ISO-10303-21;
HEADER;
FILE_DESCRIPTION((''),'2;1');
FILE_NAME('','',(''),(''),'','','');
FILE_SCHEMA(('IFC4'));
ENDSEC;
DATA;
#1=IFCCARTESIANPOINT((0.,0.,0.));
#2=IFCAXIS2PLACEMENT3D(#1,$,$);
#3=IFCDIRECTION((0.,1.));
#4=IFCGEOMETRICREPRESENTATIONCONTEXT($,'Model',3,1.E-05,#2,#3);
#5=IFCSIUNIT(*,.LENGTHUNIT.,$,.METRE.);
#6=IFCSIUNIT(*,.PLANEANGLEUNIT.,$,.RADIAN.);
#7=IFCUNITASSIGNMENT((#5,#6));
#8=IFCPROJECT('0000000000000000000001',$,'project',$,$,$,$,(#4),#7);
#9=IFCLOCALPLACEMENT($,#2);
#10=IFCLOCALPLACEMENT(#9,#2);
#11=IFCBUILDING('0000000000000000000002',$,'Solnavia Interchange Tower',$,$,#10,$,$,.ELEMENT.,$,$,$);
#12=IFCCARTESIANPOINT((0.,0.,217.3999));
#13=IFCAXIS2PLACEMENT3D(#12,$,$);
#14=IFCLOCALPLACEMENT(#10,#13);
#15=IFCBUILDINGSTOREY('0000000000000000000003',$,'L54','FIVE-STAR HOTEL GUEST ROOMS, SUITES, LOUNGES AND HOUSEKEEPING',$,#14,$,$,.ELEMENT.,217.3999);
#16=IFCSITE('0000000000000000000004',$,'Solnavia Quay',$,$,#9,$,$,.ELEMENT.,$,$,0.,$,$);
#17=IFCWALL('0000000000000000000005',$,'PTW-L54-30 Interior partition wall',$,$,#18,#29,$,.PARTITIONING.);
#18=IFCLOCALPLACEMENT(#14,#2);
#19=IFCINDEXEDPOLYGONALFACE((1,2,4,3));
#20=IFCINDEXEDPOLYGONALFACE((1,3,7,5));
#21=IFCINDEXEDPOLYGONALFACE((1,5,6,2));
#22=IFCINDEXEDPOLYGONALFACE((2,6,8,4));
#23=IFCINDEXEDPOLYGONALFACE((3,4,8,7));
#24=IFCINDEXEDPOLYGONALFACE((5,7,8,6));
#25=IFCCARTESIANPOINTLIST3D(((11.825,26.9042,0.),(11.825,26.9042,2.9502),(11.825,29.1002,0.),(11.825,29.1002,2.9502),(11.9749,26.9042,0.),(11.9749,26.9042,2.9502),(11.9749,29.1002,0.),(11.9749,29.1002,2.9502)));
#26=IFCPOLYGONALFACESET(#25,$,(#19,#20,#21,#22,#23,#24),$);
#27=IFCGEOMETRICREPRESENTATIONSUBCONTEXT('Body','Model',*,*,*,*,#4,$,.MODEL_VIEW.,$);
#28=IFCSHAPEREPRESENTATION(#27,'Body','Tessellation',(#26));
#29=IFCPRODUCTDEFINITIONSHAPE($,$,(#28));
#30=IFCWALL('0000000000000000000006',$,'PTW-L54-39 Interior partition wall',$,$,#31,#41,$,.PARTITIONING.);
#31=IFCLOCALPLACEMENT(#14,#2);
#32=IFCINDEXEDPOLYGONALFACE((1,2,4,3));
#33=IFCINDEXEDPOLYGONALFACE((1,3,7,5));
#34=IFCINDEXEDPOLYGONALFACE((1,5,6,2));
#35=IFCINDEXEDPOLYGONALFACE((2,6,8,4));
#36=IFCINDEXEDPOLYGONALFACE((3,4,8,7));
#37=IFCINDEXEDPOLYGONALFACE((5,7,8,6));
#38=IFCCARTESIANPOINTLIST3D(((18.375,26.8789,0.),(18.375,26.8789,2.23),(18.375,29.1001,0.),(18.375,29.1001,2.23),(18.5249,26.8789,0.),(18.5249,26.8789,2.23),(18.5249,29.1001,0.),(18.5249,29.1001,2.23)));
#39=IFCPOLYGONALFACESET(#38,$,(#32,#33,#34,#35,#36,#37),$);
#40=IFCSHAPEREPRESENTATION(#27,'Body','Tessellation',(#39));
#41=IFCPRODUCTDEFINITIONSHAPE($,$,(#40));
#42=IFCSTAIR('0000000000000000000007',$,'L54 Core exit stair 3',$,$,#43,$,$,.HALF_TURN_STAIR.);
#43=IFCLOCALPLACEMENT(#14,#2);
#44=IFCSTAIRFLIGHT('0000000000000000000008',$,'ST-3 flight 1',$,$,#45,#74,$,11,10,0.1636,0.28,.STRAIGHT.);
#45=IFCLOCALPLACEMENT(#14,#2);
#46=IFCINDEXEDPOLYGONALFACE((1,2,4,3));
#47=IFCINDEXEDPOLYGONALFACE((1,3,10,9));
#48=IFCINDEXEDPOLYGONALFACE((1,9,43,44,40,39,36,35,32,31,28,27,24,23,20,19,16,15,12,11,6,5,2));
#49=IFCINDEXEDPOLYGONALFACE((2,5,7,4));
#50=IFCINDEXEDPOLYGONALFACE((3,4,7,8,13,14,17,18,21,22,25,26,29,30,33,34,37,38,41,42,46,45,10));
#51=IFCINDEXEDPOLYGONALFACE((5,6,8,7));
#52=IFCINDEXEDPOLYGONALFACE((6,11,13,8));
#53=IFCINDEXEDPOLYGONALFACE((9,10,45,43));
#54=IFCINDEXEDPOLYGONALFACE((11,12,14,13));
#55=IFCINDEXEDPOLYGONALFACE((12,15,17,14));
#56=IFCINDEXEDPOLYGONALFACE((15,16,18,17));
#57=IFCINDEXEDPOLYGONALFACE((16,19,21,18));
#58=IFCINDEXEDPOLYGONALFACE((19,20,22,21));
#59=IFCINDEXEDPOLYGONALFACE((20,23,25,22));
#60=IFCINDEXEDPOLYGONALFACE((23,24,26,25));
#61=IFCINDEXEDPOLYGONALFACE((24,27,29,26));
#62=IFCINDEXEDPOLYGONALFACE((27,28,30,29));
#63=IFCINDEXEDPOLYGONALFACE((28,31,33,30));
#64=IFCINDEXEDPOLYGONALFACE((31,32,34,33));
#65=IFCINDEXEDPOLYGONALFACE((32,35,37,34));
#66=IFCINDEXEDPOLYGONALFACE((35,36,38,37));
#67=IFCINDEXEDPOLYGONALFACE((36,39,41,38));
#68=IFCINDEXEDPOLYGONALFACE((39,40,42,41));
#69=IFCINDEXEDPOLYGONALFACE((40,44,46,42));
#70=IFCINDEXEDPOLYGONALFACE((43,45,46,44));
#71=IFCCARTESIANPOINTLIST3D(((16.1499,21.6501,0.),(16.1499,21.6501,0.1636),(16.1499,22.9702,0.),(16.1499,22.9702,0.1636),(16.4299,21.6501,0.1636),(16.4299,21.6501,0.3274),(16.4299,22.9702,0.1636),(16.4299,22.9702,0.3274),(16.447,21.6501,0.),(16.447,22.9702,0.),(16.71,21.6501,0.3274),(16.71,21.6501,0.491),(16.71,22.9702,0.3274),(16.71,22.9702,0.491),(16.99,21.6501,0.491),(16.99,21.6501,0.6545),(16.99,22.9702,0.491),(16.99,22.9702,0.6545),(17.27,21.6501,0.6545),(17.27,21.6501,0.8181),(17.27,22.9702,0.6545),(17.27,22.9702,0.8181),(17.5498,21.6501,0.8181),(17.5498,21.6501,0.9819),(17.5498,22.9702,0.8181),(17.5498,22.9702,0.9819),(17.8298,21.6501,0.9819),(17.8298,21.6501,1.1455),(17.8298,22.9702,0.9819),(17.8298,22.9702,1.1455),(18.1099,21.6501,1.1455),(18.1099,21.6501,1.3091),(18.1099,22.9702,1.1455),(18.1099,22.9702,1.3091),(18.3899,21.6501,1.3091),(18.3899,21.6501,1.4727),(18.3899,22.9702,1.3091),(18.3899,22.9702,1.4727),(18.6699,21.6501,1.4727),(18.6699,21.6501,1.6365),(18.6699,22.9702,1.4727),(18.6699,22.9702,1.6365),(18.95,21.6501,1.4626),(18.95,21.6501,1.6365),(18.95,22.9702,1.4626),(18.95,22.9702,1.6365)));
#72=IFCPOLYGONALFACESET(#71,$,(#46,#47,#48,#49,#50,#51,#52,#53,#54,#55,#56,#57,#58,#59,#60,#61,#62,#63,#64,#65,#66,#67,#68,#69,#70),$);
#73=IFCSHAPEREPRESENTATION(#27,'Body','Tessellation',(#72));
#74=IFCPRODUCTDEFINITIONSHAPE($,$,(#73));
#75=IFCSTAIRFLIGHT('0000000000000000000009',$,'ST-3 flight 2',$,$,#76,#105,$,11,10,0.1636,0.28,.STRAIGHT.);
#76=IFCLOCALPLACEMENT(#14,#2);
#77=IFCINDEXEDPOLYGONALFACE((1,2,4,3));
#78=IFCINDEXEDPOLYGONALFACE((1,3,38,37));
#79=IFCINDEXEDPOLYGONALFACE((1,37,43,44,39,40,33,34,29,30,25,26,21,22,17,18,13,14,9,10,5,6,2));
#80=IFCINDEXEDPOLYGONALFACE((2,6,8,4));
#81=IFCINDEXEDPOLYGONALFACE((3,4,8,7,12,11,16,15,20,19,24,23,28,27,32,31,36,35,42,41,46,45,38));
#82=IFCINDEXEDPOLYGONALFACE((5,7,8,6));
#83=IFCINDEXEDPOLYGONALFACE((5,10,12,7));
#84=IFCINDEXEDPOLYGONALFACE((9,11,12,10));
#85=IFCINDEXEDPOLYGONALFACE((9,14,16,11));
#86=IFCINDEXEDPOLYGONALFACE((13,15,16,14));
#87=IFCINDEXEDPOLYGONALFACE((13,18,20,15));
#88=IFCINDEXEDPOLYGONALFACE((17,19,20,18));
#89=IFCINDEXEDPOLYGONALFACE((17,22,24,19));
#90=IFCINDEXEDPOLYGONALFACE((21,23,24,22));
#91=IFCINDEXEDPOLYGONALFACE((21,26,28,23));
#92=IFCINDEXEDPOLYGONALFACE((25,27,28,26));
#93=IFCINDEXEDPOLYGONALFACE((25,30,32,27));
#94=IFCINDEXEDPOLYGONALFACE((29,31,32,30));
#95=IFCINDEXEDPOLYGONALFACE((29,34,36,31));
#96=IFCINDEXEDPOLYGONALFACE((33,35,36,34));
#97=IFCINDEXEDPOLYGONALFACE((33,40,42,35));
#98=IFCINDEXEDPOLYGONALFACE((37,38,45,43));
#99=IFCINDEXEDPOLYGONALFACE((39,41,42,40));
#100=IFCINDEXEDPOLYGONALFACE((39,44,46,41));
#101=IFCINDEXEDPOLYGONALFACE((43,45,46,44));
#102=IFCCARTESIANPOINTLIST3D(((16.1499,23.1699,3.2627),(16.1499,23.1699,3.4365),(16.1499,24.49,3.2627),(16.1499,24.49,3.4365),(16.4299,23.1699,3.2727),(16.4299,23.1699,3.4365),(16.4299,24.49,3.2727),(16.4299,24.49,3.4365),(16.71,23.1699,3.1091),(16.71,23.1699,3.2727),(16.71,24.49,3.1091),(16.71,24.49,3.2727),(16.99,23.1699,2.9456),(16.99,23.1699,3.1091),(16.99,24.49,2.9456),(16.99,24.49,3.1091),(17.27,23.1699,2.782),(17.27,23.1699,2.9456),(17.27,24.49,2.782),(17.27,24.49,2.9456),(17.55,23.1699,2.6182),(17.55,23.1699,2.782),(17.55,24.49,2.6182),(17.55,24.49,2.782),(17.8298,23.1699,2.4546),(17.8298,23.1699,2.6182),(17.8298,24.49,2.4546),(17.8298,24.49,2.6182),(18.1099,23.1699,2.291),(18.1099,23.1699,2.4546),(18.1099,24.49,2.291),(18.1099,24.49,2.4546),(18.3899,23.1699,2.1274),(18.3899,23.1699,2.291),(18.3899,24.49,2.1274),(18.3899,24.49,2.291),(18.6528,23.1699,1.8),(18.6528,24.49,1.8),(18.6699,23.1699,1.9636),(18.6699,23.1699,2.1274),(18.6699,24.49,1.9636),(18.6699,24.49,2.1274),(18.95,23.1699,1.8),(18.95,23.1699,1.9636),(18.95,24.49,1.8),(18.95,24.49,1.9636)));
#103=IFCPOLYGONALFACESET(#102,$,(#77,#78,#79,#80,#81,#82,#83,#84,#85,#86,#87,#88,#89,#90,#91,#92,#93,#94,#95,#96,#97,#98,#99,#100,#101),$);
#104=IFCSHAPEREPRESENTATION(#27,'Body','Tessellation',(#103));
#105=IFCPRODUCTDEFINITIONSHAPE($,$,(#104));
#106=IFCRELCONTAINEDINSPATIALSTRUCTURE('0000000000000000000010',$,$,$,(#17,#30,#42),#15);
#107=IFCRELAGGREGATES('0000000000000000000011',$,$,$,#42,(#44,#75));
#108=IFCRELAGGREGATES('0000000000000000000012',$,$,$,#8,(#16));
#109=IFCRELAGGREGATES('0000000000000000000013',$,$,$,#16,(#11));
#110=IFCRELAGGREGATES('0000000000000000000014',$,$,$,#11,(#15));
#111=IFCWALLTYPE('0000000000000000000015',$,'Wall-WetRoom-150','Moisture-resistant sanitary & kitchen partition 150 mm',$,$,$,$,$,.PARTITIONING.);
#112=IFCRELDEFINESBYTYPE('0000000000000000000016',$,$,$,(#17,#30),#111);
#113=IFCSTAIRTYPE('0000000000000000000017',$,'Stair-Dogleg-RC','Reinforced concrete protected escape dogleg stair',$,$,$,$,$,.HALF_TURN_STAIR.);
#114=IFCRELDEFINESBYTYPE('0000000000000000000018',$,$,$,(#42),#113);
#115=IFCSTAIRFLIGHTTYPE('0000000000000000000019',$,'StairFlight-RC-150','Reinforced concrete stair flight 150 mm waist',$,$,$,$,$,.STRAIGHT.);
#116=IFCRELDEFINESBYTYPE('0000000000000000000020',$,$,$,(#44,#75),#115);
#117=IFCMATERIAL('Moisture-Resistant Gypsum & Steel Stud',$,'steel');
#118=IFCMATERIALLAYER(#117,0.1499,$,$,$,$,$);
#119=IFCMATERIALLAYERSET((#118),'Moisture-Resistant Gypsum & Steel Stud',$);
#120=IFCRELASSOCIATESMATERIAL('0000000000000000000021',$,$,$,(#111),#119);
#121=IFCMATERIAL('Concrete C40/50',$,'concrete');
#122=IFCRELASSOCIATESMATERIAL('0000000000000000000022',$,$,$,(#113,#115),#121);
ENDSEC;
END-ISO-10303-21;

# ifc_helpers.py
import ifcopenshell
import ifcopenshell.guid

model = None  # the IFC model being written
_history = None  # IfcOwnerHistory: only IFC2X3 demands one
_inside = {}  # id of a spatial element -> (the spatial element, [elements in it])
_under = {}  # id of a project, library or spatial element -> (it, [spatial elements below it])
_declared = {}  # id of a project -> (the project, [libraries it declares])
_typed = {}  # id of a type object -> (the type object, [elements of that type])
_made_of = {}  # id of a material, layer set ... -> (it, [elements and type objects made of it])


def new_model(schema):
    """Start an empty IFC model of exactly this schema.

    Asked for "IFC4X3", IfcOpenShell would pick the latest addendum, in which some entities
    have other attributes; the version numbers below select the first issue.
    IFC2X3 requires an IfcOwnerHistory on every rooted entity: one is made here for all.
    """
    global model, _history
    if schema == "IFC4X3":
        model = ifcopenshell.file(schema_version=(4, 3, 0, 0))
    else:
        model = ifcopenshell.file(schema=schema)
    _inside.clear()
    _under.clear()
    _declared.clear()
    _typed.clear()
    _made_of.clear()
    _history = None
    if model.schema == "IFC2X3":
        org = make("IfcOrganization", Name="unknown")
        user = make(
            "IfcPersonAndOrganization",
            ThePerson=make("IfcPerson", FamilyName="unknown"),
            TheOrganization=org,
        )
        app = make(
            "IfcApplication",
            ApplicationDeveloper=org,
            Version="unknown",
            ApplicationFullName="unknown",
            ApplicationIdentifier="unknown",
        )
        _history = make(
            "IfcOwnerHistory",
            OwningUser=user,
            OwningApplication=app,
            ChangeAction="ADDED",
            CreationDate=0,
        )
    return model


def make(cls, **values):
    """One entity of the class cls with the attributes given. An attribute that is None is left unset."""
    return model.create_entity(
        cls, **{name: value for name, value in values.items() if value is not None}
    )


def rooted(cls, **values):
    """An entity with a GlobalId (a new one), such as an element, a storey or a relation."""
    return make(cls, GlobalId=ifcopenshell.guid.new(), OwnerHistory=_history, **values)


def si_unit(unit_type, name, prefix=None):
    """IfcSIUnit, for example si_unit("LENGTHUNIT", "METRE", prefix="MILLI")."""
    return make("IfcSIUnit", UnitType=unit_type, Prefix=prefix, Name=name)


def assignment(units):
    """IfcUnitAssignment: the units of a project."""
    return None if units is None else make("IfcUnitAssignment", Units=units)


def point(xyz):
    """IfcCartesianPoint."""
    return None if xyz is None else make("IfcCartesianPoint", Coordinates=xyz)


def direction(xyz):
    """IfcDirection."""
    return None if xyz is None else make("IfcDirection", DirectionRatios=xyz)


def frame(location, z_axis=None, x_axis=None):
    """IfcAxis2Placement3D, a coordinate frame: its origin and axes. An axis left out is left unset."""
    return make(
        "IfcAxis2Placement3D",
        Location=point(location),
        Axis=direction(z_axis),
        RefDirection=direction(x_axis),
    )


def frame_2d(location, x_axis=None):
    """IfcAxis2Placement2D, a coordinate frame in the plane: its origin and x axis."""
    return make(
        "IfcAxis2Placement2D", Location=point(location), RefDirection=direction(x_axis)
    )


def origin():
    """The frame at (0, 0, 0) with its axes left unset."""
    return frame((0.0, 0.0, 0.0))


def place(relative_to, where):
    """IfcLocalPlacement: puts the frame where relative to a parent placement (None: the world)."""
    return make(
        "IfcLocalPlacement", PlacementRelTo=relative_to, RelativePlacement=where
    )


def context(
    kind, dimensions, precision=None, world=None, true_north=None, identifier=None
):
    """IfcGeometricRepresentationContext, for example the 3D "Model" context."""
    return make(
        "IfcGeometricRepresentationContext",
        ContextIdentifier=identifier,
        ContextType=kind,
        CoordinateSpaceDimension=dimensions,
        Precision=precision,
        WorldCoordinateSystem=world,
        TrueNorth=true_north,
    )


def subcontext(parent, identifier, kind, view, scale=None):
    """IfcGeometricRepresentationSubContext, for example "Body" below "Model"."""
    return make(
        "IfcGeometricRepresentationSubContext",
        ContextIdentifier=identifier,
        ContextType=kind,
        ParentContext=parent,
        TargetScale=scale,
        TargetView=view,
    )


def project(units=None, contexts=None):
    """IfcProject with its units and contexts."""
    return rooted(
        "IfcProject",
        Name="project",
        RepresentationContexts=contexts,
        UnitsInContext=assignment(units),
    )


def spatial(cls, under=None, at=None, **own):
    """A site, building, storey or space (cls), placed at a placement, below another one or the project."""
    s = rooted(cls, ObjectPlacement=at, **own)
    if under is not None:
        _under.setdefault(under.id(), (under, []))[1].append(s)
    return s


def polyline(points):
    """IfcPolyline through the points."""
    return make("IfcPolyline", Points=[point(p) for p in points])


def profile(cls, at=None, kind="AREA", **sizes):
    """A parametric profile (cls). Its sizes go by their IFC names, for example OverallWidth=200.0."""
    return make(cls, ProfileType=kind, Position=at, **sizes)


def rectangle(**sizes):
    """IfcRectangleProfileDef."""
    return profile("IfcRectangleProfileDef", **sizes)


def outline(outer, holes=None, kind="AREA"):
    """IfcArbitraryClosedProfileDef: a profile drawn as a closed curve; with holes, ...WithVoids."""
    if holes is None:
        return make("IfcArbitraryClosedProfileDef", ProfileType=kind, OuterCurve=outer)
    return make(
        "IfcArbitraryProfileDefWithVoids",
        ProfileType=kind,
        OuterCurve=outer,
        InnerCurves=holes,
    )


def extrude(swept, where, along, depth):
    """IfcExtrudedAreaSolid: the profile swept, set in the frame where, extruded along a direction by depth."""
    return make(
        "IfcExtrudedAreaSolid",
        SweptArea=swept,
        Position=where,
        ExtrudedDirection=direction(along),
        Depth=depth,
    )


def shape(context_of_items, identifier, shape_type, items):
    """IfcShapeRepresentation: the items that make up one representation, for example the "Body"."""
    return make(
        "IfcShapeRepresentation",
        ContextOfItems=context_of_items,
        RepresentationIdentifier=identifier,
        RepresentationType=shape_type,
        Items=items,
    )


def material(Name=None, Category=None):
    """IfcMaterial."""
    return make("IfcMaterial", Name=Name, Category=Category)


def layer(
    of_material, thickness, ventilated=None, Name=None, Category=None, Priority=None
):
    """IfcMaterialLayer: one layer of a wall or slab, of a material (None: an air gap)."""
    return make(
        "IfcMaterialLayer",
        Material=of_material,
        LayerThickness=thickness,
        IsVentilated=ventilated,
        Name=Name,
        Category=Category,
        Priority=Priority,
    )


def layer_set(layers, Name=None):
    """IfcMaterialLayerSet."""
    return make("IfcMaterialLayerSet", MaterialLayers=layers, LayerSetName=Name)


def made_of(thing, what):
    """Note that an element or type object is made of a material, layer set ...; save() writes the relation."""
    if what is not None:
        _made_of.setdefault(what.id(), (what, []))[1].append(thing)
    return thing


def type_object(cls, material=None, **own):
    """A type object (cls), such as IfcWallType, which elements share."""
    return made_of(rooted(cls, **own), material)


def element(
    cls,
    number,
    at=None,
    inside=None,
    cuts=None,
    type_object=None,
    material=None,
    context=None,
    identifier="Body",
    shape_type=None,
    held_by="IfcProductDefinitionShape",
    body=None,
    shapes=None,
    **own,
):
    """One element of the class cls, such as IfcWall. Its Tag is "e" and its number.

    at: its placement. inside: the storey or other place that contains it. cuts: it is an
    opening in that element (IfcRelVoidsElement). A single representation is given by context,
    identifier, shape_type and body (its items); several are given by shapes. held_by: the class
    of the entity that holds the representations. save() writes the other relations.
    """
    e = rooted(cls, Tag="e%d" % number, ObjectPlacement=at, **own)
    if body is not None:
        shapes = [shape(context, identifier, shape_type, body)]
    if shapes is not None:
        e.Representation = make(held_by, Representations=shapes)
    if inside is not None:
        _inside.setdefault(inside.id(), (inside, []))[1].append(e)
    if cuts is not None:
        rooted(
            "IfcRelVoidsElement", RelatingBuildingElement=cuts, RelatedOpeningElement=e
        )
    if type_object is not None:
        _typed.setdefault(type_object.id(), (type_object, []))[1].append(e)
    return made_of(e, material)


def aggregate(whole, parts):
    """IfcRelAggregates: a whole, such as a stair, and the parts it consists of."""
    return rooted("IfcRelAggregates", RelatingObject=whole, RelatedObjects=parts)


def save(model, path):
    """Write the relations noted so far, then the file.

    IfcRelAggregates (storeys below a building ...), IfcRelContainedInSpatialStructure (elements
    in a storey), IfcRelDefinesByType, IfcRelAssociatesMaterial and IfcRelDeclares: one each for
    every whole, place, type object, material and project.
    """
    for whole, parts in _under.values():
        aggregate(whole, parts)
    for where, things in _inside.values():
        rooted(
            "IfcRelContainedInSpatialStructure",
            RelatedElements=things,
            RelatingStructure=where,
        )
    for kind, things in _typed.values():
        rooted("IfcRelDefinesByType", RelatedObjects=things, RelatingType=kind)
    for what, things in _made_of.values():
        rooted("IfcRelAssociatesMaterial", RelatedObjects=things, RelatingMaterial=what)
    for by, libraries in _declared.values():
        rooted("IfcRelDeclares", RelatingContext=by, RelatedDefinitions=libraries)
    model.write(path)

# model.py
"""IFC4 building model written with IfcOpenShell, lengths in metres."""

from ifc_helpers import new_model, si_unit, direction, frame, frame_2d, origin, place, context, subcontext, project, spatial, polyline, rectangle, outline, extrude, material, layer, layer_set, type_object, element, aggregate, save


model = new_model("IFC4")

# Units and contexts
model_context = context("Model", 3, precision=1e-05, world=origin(), true_north=direction((0.0, 1.0)))
body_context = subcontext(model_context, "Body", "Model", "MODEL_VIEW")
ifc_project = project(units=[si_unit("LENGTHUNIT", "METRE"), si_unit("PLANEANGLEUNIT", "RADIAN")], contexts=[model_context])

# Site, building, storey
site_placement = place(None, origin())
site = spatial("IfcSite", under=ifc_project, at=site_placement, Name="Solnavia Quay", CompositionType="ELEMENT", RefElevation=0.0)
building_placement = place(site_placement, origin())
building = spatial("IfcBuilding", under=site, at=building_placement, Name="Solnavia Interchange Tower", CompositionType="ELEMENT")
storey_placement = place(building_placement, frame((0.0, 0.0, 217.3999)))
storey = spatial("IfcBuildingStorey", under=building, at=storey_placement, Name="L54", Description="FIVE-STAR HOTEL GUEST ROOMS, SUITES, LOUNGES AND HOUSEKEEPING", CompositionType="ELEMENT", Elevation=217.3999)

# Walls
ifc_material_1 = material(Name="Concrete C40/50", Category="concrete")
ifc_material_2 = material(Name="Moisture-Resistant Gypsum & Steel Stud", Category="steel")
ifc_layer_1 = layer(ifc_material_2, 0.1499)
ifc_layer_set_1 = layer_set([ifc_layer_1], Name="Moisture-Resistant Gypsum & Steel Stud")
wall_type_1 = type_object("IfcWallType", Name="Wall-WetRoom-150", Description="Moisture-resistant sanitary & kitchen partition 150 mm", PredefinedType="PARTITIONING", material=ifc_layer_set_1)
wall_1_placement = place(storey_placement, frame((11.8999, 26.9041, 0.0), z_axis=(0.0, 0.0, 1.0), x_axis=(0.0, 1.0, 0.0)))
element("IfcWall", 1, at=wall_1_placement, inside=storey, type_object=wall_type_1, Name="PTW-L54-30 Interior partition wall", PredefinedType="PARTITIONING", context=body_context, shape_type="SweptSolid", body=[
    extrude(rectangle(XDim=2.196, YDim=0.1499, at=frame_2d((1.0981, 0.0))), origin(), (0.0, 0.0, 1.0), 2.9502),
])
wall_2_placement = place(storey_placement, frame((18.45, 26.8789, 0.0), z_axis=(0.0, 0.0, 1.0), x_axis=(0.0, 1.0, 0.0)))
element("IfcWall", 2, at=wall_2_placement, inside=storey, type_object=wall_type_1, Name="PTW-L54-39 Interior partition wall", PredefinedType="PARTITIONING", context=body_context, shape_type="SweptSolid", body=[
    extrude(rectangle(XDim=2.2212, YDim=0.1499, at=frame_2d((1.1106, 0.0))), origin(), (0.0, 0.0, 1.0), 2.23),
])

# Stair, stair flights
stair_type = type_object("IfcStairType", Name="Stair-Dogleg-RC", Description="Reinforced concrete protected escape dogleg stair", PredefinedType="HALF_TURN_STAIR", material=ifc_material_1)
stair_placement = place(storey_placement, origin())
stair = element("IfcStair", 3, at=stair_placement, inside=storey, type_object=stair_type, Name="L54 Core exit stair 3", PredefinedType="HALF_TURN_STAIR")
stair_flight_type = type_object("IfcStairFlightType", Name="StairFlight-RC-150", Description="Reinforced concrete stair flight 150 mm waist", PredefinedType="STRAIGHT", material=ifc_material_1)
stair_flight_1_placement = place(storey_placement, frame((16.1499, 22.3101, 0.0), z_axis=(0.0, 0.0, 1.0), x_axis=(1.0, 0.0, 0.0)))
stair_flight_1 = element("IfcStairFlight", 4, at=stair_flight_1_placement, type_object=stair_flight_type, Name="ST-3 flight 1", NumberOfRisers=11, NumberOfTreads=10, PredefinedType="STRAIGHT", RiserHeight=0.1636, TreadLength=0.28, context=body_context, shape_type="SweptSolid", body=[
    extrude(outline(polyline([(0.0, 0.0), (0.0, 0.1636), (0.28, 0.1636), (0.28, 0.3274), (0.5601, 0.3274), (0.5601, 0.491), (0.8401, 0.491), (0.8401, 0.6545), (1.1201, 0.6545), (1.1201, 0.8181), (1.3999, 0.8181), (1.3999, 0.9819), (1.6799, 0.9819), (1.6799, 1.1455), (1.96, 1.1455), (1.96, 1.3091), (2.24, 1.3091), (2.24, 1.4727), (2.52, 1.4727), (2.52, 1.6365), (2.8, 1.6365), (2.8, 1.8), (2.8, 1.4626), (0.2971, 0.0), (0.0, 0.0)])), frame((0.0, 0.6602, 0.0), z_axis=(0.0, -1.0, 0.0), x_axis=(1.0, 0.0, 0.0)), (0.0, 0.0, 1.0), 1.3201),
])
stair_flight_2_placement = place(storey_placement, frame((18.95, 23.8301, 1.8), z_axis=(0.0, 0.0, 1.0), x_axis=(-1.0, 0.0, 0.0)))
stair_flight_2 = element("IfcStairFlight", 5, at=stair_flight_2_placement, type_object=stair_flight_type, Name="ST-3 flight 2", NumberOfRisers=11, NumberOfTreads=10, PredefinedType="STRAIGHT", RiserHeight=0.1636, TreadLength=0.28, context=body_context, shape_type="SweptSolid", body=[
    extrude(outline(polyline([(0.0, 0.0), (0.0, 0.1636), (0.28, 0.1636), (0.28, 0.3274), (0.5601, 0.3274), (0.5601, 0.491), (0.8401, 0.491), (0.8401, 0.6545), (1.1201, 0.6545), (1.1201, 0.8181), (1.3999, 0.8181), (1.3999, 0.9819), (1.6799, 0.9819), (1.6799, 1.1455), (1.96, 1.1455), (1.96, 1.3091), (2.24, 1.3091), (2.24, 1.4727), (2.52, 1.4727), (2.52, 1.6365), (2.8, 1.6365), (2.8, 1.8), (2.8, 1.4626), (0.2971, 0.0), (0.0, 0.0)])), frame((0.0, 0.6602, 0.0), z_axis=(0.0, -1.0, 0.0), x_axis=(1.0, 0.0, 0.0)), (0.0, 0.0, 1.0), 1.3201),
])
aggregate(stair, [stair_flight_1, stair_flight_2])

save(model, "model.ifc")
